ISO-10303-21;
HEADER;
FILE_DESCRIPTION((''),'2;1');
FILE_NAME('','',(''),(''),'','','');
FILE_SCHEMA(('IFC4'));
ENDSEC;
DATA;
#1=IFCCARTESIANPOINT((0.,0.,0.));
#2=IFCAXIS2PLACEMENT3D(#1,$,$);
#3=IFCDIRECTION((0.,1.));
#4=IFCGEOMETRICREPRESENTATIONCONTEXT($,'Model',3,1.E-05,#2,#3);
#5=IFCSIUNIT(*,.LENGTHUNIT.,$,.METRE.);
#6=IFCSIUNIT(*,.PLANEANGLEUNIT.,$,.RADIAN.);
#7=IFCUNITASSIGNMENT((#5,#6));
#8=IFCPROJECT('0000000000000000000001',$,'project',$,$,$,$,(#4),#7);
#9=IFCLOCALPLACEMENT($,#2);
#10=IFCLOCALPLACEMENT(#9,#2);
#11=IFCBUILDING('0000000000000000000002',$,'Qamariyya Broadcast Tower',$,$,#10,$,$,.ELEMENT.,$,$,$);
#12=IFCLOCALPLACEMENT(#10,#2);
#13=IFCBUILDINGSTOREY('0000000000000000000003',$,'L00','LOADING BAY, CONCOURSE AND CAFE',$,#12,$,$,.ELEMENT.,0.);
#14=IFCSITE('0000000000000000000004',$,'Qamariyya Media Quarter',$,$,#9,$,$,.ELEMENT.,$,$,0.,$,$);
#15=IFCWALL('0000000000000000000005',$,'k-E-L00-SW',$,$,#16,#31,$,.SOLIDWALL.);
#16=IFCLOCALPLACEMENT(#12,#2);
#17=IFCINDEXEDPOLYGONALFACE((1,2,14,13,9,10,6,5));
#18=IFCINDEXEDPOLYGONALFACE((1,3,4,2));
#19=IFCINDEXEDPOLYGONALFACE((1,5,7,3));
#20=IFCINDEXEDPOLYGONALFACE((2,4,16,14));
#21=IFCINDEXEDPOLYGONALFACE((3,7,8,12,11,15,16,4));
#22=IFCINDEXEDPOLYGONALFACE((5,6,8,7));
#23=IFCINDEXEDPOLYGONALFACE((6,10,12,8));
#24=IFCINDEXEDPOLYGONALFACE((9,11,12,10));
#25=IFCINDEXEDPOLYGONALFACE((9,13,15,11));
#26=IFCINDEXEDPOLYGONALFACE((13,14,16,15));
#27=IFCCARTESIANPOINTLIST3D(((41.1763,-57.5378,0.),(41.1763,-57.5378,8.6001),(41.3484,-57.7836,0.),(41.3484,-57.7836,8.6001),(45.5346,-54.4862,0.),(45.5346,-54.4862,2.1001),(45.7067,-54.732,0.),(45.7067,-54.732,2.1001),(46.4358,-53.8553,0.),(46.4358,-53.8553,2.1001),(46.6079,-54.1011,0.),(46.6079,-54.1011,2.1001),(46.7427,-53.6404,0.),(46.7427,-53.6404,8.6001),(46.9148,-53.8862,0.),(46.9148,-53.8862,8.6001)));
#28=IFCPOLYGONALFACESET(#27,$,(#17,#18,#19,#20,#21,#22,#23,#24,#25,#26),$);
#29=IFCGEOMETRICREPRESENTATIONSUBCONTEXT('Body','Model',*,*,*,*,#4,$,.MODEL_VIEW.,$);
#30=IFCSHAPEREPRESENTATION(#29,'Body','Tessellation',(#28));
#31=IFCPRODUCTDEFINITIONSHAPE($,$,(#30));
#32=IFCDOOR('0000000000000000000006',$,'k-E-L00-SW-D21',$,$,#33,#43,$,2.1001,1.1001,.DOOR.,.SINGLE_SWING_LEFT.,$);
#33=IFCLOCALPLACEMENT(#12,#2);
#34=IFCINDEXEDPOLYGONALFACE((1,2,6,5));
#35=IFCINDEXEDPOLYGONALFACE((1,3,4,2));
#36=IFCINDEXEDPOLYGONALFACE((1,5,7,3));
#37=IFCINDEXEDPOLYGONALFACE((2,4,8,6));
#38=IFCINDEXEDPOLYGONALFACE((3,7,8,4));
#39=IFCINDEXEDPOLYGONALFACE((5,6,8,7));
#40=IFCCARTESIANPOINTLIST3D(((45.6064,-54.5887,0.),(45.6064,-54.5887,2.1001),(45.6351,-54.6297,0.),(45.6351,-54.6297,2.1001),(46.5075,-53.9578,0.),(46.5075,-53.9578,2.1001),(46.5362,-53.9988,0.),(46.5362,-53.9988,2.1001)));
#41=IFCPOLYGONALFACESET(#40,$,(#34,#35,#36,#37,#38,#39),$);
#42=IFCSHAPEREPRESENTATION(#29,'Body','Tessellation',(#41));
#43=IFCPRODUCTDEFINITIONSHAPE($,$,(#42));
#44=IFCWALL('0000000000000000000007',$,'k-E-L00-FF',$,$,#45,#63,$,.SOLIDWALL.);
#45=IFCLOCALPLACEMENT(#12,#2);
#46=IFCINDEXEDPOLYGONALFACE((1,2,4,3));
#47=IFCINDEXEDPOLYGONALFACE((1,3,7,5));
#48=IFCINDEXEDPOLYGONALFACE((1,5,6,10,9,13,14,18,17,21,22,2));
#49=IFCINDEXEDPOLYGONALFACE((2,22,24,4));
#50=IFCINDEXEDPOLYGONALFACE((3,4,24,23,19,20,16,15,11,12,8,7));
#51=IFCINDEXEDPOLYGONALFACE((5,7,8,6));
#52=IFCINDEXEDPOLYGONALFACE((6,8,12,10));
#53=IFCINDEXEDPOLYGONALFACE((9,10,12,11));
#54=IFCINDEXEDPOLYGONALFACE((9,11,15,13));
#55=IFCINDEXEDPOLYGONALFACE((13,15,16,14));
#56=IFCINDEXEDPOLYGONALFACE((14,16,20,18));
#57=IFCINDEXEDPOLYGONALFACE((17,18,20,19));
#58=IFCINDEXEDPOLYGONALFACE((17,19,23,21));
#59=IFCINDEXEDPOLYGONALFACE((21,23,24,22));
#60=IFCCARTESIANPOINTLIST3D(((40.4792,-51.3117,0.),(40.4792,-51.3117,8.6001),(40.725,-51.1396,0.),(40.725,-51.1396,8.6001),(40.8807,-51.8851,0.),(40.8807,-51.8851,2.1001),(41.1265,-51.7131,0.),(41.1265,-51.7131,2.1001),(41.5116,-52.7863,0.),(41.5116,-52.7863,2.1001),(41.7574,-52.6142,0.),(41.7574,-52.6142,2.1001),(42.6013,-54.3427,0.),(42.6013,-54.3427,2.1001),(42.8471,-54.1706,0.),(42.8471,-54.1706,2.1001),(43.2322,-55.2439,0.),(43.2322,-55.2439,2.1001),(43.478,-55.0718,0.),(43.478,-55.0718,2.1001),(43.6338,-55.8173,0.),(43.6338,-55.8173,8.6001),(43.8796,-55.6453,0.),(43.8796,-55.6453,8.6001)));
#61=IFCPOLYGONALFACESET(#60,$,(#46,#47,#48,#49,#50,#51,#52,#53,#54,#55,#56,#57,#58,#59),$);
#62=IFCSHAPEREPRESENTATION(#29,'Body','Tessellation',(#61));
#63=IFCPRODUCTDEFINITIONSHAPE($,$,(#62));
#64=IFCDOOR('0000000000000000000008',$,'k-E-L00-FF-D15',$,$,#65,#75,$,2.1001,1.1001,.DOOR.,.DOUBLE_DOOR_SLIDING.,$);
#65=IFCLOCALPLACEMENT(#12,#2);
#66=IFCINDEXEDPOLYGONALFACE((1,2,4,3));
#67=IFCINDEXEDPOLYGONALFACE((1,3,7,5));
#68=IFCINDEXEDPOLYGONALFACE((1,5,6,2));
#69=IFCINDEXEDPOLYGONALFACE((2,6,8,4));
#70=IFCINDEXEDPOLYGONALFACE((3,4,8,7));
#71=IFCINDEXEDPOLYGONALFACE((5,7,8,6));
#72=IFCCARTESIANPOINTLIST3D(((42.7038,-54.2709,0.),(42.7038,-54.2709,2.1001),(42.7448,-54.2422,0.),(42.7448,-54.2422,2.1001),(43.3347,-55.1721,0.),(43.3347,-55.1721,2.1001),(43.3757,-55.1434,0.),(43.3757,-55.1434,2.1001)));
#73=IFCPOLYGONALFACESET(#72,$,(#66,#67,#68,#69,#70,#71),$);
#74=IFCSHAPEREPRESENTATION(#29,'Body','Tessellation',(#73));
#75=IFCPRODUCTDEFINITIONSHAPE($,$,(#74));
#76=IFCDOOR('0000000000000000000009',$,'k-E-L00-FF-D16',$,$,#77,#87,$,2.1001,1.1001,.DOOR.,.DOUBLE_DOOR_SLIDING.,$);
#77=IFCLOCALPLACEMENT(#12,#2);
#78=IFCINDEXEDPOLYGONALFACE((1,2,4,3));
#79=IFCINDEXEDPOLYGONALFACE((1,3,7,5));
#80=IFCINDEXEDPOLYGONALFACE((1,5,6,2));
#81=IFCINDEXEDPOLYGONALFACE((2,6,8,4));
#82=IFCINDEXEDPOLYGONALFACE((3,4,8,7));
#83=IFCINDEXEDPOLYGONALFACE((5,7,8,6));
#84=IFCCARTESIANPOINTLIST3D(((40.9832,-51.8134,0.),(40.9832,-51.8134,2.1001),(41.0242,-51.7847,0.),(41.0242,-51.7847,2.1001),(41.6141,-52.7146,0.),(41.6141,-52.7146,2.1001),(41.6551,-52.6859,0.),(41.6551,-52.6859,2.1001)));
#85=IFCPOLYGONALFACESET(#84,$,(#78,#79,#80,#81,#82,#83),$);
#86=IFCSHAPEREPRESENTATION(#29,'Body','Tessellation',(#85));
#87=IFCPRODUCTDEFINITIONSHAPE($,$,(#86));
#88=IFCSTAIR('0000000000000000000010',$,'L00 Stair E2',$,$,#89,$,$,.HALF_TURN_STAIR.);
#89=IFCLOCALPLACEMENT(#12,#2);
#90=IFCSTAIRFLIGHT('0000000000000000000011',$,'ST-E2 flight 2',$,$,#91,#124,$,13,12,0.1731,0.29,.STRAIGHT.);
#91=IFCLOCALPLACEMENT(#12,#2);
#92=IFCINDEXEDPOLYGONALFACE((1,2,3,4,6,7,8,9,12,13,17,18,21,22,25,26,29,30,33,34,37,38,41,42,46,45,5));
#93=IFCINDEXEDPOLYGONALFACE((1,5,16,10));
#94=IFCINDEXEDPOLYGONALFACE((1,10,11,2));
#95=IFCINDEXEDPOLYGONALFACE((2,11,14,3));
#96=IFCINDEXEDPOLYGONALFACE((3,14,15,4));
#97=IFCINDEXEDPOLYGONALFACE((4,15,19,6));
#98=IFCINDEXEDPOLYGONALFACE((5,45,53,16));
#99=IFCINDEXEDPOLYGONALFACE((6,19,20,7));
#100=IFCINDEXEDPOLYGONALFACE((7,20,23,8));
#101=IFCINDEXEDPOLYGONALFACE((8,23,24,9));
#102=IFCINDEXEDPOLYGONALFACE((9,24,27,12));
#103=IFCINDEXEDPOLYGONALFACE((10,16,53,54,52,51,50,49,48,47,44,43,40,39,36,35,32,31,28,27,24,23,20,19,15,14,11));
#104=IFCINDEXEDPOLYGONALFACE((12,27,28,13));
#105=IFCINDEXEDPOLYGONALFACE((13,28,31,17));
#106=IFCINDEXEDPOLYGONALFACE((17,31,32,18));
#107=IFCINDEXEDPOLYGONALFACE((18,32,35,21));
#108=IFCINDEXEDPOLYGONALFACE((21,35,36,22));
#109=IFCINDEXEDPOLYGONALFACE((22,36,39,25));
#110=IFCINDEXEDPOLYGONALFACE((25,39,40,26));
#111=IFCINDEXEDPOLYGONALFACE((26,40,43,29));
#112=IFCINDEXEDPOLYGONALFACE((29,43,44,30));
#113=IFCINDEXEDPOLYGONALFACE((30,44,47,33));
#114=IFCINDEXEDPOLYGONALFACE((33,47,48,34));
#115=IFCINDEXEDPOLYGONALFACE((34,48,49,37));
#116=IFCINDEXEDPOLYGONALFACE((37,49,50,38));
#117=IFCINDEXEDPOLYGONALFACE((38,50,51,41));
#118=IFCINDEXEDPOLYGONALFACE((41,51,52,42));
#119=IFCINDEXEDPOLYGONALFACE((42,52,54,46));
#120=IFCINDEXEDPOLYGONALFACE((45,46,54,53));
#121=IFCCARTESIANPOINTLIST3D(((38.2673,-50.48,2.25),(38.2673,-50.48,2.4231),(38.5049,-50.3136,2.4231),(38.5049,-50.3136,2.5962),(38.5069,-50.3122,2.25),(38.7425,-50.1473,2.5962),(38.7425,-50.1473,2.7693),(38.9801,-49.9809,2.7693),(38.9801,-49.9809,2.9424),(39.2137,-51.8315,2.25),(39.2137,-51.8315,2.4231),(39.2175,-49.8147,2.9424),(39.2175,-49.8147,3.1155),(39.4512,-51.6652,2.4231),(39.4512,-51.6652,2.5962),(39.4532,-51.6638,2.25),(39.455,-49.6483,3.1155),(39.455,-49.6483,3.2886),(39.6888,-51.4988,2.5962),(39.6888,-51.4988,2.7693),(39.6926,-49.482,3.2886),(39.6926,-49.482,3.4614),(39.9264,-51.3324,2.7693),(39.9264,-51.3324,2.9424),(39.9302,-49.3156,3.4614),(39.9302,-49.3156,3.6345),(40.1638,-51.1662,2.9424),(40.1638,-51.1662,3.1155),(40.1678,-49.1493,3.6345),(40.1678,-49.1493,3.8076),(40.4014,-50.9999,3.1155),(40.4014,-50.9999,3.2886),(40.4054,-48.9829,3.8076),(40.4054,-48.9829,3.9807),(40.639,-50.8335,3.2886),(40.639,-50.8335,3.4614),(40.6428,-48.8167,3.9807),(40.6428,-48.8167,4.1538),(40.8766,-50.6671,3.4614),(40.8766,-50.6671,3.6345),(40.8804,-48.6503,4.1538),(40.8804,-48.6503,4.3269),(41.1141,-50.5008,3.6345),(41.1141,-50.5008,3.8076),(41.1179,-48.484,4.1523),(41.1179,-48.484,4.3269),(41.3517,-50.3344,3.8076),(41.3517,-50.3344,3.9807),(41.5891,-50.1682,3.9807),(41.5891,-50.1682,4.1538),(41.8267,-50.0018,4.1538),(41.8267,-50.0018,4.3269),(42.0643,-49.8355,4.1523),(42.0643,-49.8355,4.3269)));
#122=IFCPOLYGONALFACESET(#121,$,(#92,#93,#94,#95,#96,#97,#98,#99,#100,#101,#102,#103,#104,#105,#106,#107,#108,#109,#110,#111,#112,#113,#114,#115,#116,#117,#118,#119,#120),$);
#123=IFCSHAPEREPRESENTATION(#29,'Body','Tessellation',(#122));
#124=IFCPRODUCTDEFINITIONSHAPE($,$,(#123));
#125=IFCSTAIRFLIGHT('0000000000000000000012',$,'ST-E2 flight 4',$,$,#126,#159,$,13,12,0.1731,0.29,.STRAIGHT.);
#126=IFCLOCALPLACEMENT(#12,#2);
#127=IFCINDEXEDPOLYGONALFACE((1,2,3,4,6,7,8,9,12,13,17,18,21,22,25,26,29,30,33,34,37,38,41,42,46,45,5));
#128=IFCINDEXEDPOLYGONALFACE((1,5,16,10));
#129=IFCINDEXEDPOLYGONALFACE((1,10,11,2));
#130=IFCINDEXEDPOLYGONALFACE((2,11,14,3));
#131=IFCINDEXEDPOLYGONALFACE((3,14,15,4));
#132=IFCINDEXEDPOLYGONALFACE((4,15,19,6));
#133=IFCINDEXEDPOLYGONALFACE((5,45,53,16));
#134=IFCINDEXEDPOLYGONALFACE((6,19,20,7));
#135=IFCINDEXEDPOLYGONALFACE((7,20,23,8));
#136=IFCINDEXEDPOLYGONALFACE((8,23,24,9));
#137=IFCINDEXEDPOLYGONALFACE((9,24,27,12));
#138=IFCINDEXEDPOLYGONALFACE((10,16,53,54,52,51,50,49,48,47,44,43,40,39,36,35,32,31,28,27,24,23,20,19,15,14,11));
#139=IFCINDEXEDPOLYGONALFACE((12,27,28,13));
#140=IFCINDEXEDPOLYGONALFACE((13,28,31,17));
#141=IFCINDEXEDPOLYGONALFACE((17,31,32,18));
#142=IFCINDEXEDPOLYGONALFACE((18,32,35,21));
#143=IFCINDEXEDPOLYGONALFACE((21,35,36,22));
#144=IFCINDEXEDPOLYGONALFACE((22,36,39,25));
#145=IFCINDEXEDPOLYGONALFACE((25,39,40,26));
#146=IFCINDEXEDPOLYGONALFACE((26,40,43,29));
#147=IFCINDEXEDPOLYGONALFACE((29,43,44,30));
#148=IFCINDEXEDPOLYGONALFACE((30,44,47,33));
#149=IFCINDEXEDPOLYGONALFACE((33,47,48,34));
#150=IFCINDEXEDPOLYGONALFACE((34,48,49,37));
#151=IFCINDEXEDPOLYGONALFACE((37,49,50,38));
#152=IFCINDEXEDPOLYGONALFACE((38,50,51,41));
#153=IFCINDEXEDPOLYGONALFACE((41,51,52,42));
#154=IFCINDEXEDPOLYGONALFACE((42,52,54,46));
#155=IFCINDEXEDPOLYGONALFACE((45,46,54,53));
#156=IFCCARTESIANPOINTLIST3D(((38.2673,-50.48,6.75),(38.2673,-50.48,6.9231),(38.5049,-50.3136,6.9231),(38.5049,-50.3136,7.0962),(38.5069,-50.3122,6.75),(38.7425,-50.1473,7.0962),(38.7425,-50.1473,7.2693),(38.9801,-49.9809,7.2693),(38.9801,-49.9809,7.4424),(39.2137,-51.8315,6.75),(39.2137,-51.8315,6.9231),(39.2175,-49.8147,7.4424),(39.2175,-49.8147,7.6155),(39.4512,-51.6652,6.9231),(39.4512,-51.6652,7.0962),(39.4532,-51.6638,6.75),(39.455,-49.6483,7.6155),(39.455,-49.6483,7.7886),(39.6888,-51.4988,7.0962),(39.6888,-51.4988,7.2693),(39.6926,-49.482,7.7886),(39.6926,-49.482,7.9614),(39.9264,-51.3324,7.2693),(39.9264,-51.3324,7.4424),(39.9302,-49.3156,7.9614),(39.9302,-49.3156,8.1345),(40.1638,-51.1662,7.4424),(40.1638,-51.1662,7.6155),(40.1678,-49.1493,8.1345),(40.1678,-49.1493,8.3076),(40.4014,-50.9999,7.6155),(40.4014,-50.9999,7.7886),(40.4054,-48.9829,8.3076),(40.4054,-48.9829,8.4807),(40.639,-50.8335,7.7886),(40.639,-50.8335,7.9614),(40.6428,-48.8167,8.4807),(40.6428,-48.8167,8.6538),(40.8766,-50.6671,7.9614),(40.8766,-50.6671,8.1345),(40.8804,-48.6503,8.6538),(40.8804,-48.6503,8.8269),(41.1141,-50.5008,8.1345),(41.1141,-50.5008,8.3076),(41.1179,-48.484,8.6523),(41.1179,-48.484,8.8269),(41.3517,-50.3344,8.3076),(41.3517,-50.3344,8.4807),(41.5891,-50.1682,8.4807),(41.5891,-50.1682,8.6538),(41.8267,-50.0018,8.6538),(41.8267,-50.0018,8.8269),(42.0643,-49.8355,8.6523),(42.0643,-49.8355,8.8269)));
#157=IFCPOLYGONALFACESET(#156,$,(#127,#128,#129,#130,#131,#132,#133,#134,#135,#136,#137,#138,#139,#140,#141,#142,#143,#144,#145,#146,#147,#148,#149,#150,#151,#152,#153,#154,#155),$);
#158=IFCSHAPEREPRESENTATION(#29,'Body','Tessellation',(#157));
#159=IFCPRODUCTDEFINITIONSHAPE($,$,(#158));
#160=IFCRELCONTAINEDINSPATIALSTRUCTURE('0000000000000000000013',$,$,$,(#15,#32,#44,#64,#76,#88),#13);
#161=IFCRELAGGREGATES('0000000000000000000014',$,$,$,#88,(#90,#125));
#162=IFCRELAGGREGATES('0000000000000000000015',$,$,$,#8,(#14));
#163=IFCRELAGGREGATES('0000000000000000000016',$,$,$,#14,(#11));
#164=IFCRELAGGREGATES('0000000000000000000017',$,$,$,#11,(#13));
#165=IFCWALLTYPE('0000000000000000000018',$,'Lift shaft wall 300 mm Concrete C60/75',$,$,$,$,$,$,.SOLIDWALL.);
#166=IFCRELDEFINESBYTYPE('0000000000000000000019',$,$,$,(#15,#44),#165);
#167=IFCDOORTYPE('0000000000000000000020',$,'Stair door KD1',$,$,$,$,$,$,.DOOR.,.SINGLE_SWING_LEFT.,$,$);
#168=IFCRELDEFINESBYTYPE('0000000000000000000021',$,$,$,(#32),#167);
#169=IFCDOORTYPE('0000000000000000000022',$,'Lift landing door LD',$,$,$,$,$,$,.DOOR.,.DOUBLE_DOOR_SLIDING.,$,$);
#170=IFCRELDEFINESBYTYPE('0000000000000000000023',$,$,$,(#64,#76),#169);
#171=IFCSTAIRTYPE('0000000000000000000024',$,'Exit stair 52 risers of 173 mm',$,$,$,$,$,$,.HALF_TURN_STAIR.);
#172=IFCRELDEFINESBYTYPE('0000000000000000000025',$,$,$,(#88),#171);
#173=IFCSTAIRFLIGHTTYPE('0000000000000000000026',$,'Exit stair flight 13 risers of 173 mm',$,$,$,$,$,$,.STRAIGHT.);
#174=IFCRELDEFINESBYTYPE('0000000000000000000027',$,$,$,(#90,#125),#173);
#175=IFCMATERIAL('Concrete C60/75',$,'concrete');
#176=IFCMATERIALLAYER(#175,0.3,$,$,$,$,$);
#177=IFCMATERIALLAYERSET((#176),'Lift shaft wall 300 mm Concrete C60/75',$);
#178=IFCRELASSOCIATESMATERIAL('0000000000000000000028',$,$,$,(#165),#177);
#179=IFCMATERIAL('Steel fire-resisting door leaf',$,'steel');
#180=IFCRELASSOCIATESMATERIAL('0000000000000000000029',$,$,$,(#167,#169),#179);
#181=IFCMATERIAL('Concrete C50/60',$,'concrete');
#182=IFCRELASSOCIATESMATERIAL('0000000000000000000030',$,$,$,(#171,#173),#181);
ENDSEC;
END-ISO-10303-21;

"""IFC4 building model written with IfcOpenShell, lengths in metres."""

from ifc_helpers import new_model, si_unit, direction, frame, frame_2d, origin, place, context, subcontext, project, spatial, polyline, rectangle, outline, extrude, material, layer, layer_set, type_object, element, fill, aggregate, save


model = new_model("IFC4")

# Units and contexts
model_context = context("Model", 3, precision=1e-05, world=origin(), true_north=direction((0.0, 1.0)))
body_context = subcontext(model_context, "Body", "Model", "MODEL_VIEW")
ifc_project = project(units=[si_unit("LENGTHUNIT", "METRE"), si_unit("PLANEANGLEUNIT", "RADIAN")], contexts=[model_context])

# Site, building, storey
site_placement = place(None, origin())
site = spatial("IfcSite", under=ifc_project, at=site_placement, Name="Qamariyya Media Quarter", CompositionType="ELEMENT", RefElevation=0.0)
building_placement = place(site_placement, origin())
building = spatial("IfcBuilding", under=site, at=building_placement, Name="Qamariyya Broadcast Tower", CompositionType="ELEMENT")
storey_placement = place(building_placement, origin())
storey = spatial("IfcBuildingStorey", under=building, at=storey_placement, Name="L00", Description="LOADING BAY, CONCOURSE AND CAFE", CompositionType="ELEMENT", Elevation=0.0)

# Shared definitions
ifc_material_1 = material(Name="Concrete C60/75", Category="concrete")
ifc_layer_1 = layer(ifc_material_1, 0.3)
ifc_layer_set_1 = layer_set([ifc_layer_1], Name="Lift shaft wall 300 mm Concrete C60/75")
wall_type_1 = type_object("IfcWallType", Name="Lift shaft wall 300 mm Concrete C60/75", PredefinedType="SOLIDWALL", material=ifc_layer_set_1)

# Wall, opening, door
ifc_material_2 = material(Name="Steel fire-resisting door leaf", Category="steel")
door_type_1 = type_object("IfcDoorType", Name="Stair door KD1", OperationType="SINGLE_SWING_LEFT", PredefinedType="DOOR", material=ifc_material_2)
wall_1_placement = place(storey_placement, frame((41.2625, -57.6606, 0.0), z_axis=(0.0, 0.0, 1.0), x_axis=(0.819164, 0.573559, 0.0)))
wall_1 = element("IfcWall", 1, at=wall_1_placement, inside=storey, type_object=wall_type_1, Name="k-E-L00-SW", PredefinedType="SOLIDWALL", context=body_context, shape_type="SweptSolid", body=[
    extrude(rectangle(XDim=6.7952, YDim=0.3, at=frame_2d((3.3975, 0.0))), origin(), (0.0, 0.0, 1.0), 8.6001),
])
opening_1_placement = place(wall_1_placement, frame((5.3203, 0.0, 0.0)))
opening_1 = element("IfcOpeningElement", 2, at=opening_1_placement, cuts=wall_1, PredefinedType="OPENING", context=body_context, shape_type="SweptSolid", body=[
    extrude(rectangle(XDim=1.1001, YDim=2.1001, at=frame_2d((0.55, 1.05))), frame((0.0, 0.1599, 0.0), z_axis=(0.0, -1.0, 0.0), x_axis=(1.0, 0.0, 0.0)), (0.0, 0.0, 1.0), 0.3201),
])
door_1_placement = place(opening_1_placement, origin())
door_1 = element("IfcDoor", 3, at=door_1_placement, inside=storey, type_object=door_type_1, Name="k-E-L00-SW-D21", OperationType="SINGLE_SWING_LEFT", OverallHeight=2.1001, OverallWidth=1.1001, PredefinedType="DOOR", context=body_context, shape_type="SweptSolid", body=[
    extrude(rectangle(XDim=1.1001, YDim=2.1001, at=frame_2d((0.55, 1.05))), frame((0.0, 0.0249, 0.0), z_axis=(0.0, -1.0, 0.0), x_axis=(1.0, 0.0, 0.0)), (0.0, 0.0, 1.0), 0.05),
])
fill(opening_1, door_1)

# Wall, openings, doors
wall_2_placement = place(storey_placement, frame((43.7566, -55.7312, 0.0), z_axis=(0.0, 0.0, 1.0), x_axis=(-0.573537, 0.81918, 0.0)))
wall_2 = element("IfcWall", 4, at=wall_2_placement, inside=storey, type_object=wall_type_1, Name="k-E-L00-FF", PredefinedType="SOLIDWALL", context=body_context, shape_type="SweptSolid", body=[
    extrude(rectangle(XDim=5.5002, YDim=0.3, at=frame_2d((2.75, 0.0))), origin(), (0.0, 0.0, 1.0), 8.6001),
])
opening_2_placement = place(wall_2_placement, frame((0.7, 0.0, 0.0)))
opening_2 = element("IfcOpeningElement", 5, at=opening_2_placement, cuts=wall_2, PredefinedType="OPENING", context=body_context, shape_type="SweptSolid", body=[
    extrude(rectangle(XDim=1.1001, YDim=2.1001, at=frame_2d((0.55, 1.05))), frame((0.0, 0.1599, 0.0), z_axis=(0.0, -1.0, 0.0), x_axis=(1.0, 0.0, 0.0)), (0.0, 0.0, 1.0), 0.3201),
])
opening_3_placement = place(wall_2_placement, frame((3.7, 0.0, 0.0)))
opening_3 = element("IfcOpeningElement", 6, at=opening_3_placement, cuts=wall_2, PredefinedType="OPENING", context=body_context, shape_type="SweptSolid", body=[
    extrude(rectangle(XDim=1.1001, YDim=2.1001, at=frame_2d((0.55, 1.05))), frame((0.0, 0.1599, 0.0), z_axis=(0.0, -1.0, 0.0), x_axis=(1.0, 0.0, 0.0)), (0.0, 0.0, 1.0), 0.3201),
])
door_type_2 = type_object("IfcDoorType", Name="Lift landing door LD", OperationType="DOUBLE_DOOR_SLIDING", PredefinedType="DOOR", material=ifc_material_2)
door_2_placement = place(opening_2_placement, origin())
door_2 = element("IfcDoor", 7, at=door_2_placement, inside=storey, type_object=door_type_2, Name="k-E-L00-FF-D15", OperationType="DOUBLE_DOOR_SLIDING", OverallHeight=2.1001, OverallWidth=1.1001, PredefinedType="DOOR", context=body_context, shape_type="SweptSolid", body=[
    extrude(rectangle(XDim=1.1001, YDim=2.1001, at=frame_2d((0.55, 1.05))), frame((0.0, 0.0249, 0.0), z_axis=(0.0, -1.0, 0.0), x_axis=(1.0, 0.0, 0.0)), (0.0, 0.0, 1.0), 0.05),
])
fill(opening_2, door_2)
door_3_placement = place(opening_3_placement, origin())
door_3 = element("IfcDoor", 8, at=door_3_placement, inside=storey, type_object=door_type_2, Name="k-E-L00-FF-D16", OperationType="DOUBLE_DOOR_SLIDING", OverallHeight=2.1001, OverallWidth=1.1001, PredefinedType="DOOR", context=body_context, shape_type="SweptSolid", body=[
    extrude(rectangle(XDim=1.1001, YDim=2.1001, at=frame_2d((0.55, 1.05))), frame((0.0, 0.0249, 0.0), z_axis=(0.0, -1.0, 0.0), x_axis=(1.0, 0.0, 0.0)), (0.0, 0.0, 1.0), 0.05),
])
fill(opening_3, door_3)

# Stair, stair flights
ifc_material_3 = material(Name="Concrete C50/60", Category="concrete")
stair_type = type_object("IfcStairType", Name="Exit stair 52 risers of 173 mm", PredefinedType="HALF_TURN_STAIR", material=ifc_material_3)
stair_placement = place(storey_placement, origin())
stair = element("IfcStair", 9, at=stair_placement, inside=storey, type_object=stair_type, Name="L00 Stair E2", PredefinedType="HALF_TURN_STAIR")
stair_flight_type = type_object("IfcStairFlightType", Name="Exit stair flight 13 risers of 173 mm", PredefinedType="STRAIGHT", material=ifc_material_3)
stair_flight_1_placement = place(storey_placement, frame((38.7405, -51.1558, 2.25), z_axis=(0.0, 0.0, 1.0), x_axis=(0.819152, 0.573576, 0.0)))
stair_flight_1 = element("IfcStairFlight", 10, at=stair_flight_1_placement, type_object=stair_flight_type, Name="ST-E2 flight 2", NumberOfRisers=13, NumberOfTreads=12, PredefinedType="STRAIGHT", RiserHeight=0.1731, TreadLength=0.29, context=body_context, shape_type="SweptSolid", body=[
    extrude(outline(polyline([(0.0, 0.0), (0.0, 0.1731), (0.29, 0.1731), (0.29, 0.3462), (0.5801, 0.3462), (0.5801, 0.5193), (0.8701, 0.5193), (0.8701, 0.6924), (1.1599, 0.6924), (1.1599, 0.8655), (1.45, 0.8655), (1.45, 1.0386), (1.74, 1.0386), (1.74, 1.2114), (2.03, 1.2114), (2.03, 1.3845), (2.3201, 1.3845), (2.3201, 1.5576), (2.6101, 1.5576), (2.6101, 1.7307), (2.8999, 1.7307), (2.8999, 1.9038), (3.1899, 1.9038), (3.1899, 2.0769), (3.48, 2.0769), (3.48, 2.25), (3.48, 1.9023), (0.2925, 0.0), (0.0, 0.0)])), frame((0.0, 0.825, 0.0), z_axis=(0.0, -1.0, 0.0), x_axis=(1.0, 0.0, 0.0)), (0.0, 0.0, 1.0), 1.6499),
])
stair_flight_2_placement = place(storey_placement, frame((38.7405, -51.1558, 6.75), z_axis=(0.0, 0.0, 1.0), x_axis=(0.819152, 0.573576, 0.0)))
stair_flight_2 = element("IfcStairFlight", 11, at=stair_flight_2_placement, type_object=stair_flight_type, Name="ST-E2 flight 4", NumberOfRisers=13, NumberOfTreads=12, PredefinedType="STRAIGHT", RiserHeight=0.1731, TreadLength=0.29, context=body_context, shape_type="SweptSolid", body=[
    extrude(outline(polyline([(0.0, 0.0), (0.0, 0.1731), (0.29, 0.1731), (0.29, 0.3462), (0.5801, 0.3462), (0.5801, 0.5193), (0.8701, 0.5193), (0.8701, 0.6924), (1.1599, 0.6924), (1.1599, 0.8655), (1.45, 0.8655), (1.45, 1.0386), (1.74, 1.0386), (1.74, 1.2114), (2.03, 1.2114), (2.03, 1.3845), (2.3201, 1.3845), (2.3201, 1.5576), (2.6101, 1.5576), (2.6101, 1.7307), (2.8999, 1.7307), (2.8999, 1.9038), (3.1899, 1.9038), (3.1899, 2.0769), (3.48, 2.0769), (3.48, 2.25), (3.48, 1.9023), (0.2925, 0.0), (0.0, 0.0)])), frame((0.0, 0.825, 0.0), z_axis=(0.0, -1.0, 0.0), x_axis=(1.0, 0.0, 0.0)), (0.0, 0.0, 1.0), 1.6499),
])
aggregate(stair, [stair_flight_1, stair_flight_2])

save(model, "model.ifc")
